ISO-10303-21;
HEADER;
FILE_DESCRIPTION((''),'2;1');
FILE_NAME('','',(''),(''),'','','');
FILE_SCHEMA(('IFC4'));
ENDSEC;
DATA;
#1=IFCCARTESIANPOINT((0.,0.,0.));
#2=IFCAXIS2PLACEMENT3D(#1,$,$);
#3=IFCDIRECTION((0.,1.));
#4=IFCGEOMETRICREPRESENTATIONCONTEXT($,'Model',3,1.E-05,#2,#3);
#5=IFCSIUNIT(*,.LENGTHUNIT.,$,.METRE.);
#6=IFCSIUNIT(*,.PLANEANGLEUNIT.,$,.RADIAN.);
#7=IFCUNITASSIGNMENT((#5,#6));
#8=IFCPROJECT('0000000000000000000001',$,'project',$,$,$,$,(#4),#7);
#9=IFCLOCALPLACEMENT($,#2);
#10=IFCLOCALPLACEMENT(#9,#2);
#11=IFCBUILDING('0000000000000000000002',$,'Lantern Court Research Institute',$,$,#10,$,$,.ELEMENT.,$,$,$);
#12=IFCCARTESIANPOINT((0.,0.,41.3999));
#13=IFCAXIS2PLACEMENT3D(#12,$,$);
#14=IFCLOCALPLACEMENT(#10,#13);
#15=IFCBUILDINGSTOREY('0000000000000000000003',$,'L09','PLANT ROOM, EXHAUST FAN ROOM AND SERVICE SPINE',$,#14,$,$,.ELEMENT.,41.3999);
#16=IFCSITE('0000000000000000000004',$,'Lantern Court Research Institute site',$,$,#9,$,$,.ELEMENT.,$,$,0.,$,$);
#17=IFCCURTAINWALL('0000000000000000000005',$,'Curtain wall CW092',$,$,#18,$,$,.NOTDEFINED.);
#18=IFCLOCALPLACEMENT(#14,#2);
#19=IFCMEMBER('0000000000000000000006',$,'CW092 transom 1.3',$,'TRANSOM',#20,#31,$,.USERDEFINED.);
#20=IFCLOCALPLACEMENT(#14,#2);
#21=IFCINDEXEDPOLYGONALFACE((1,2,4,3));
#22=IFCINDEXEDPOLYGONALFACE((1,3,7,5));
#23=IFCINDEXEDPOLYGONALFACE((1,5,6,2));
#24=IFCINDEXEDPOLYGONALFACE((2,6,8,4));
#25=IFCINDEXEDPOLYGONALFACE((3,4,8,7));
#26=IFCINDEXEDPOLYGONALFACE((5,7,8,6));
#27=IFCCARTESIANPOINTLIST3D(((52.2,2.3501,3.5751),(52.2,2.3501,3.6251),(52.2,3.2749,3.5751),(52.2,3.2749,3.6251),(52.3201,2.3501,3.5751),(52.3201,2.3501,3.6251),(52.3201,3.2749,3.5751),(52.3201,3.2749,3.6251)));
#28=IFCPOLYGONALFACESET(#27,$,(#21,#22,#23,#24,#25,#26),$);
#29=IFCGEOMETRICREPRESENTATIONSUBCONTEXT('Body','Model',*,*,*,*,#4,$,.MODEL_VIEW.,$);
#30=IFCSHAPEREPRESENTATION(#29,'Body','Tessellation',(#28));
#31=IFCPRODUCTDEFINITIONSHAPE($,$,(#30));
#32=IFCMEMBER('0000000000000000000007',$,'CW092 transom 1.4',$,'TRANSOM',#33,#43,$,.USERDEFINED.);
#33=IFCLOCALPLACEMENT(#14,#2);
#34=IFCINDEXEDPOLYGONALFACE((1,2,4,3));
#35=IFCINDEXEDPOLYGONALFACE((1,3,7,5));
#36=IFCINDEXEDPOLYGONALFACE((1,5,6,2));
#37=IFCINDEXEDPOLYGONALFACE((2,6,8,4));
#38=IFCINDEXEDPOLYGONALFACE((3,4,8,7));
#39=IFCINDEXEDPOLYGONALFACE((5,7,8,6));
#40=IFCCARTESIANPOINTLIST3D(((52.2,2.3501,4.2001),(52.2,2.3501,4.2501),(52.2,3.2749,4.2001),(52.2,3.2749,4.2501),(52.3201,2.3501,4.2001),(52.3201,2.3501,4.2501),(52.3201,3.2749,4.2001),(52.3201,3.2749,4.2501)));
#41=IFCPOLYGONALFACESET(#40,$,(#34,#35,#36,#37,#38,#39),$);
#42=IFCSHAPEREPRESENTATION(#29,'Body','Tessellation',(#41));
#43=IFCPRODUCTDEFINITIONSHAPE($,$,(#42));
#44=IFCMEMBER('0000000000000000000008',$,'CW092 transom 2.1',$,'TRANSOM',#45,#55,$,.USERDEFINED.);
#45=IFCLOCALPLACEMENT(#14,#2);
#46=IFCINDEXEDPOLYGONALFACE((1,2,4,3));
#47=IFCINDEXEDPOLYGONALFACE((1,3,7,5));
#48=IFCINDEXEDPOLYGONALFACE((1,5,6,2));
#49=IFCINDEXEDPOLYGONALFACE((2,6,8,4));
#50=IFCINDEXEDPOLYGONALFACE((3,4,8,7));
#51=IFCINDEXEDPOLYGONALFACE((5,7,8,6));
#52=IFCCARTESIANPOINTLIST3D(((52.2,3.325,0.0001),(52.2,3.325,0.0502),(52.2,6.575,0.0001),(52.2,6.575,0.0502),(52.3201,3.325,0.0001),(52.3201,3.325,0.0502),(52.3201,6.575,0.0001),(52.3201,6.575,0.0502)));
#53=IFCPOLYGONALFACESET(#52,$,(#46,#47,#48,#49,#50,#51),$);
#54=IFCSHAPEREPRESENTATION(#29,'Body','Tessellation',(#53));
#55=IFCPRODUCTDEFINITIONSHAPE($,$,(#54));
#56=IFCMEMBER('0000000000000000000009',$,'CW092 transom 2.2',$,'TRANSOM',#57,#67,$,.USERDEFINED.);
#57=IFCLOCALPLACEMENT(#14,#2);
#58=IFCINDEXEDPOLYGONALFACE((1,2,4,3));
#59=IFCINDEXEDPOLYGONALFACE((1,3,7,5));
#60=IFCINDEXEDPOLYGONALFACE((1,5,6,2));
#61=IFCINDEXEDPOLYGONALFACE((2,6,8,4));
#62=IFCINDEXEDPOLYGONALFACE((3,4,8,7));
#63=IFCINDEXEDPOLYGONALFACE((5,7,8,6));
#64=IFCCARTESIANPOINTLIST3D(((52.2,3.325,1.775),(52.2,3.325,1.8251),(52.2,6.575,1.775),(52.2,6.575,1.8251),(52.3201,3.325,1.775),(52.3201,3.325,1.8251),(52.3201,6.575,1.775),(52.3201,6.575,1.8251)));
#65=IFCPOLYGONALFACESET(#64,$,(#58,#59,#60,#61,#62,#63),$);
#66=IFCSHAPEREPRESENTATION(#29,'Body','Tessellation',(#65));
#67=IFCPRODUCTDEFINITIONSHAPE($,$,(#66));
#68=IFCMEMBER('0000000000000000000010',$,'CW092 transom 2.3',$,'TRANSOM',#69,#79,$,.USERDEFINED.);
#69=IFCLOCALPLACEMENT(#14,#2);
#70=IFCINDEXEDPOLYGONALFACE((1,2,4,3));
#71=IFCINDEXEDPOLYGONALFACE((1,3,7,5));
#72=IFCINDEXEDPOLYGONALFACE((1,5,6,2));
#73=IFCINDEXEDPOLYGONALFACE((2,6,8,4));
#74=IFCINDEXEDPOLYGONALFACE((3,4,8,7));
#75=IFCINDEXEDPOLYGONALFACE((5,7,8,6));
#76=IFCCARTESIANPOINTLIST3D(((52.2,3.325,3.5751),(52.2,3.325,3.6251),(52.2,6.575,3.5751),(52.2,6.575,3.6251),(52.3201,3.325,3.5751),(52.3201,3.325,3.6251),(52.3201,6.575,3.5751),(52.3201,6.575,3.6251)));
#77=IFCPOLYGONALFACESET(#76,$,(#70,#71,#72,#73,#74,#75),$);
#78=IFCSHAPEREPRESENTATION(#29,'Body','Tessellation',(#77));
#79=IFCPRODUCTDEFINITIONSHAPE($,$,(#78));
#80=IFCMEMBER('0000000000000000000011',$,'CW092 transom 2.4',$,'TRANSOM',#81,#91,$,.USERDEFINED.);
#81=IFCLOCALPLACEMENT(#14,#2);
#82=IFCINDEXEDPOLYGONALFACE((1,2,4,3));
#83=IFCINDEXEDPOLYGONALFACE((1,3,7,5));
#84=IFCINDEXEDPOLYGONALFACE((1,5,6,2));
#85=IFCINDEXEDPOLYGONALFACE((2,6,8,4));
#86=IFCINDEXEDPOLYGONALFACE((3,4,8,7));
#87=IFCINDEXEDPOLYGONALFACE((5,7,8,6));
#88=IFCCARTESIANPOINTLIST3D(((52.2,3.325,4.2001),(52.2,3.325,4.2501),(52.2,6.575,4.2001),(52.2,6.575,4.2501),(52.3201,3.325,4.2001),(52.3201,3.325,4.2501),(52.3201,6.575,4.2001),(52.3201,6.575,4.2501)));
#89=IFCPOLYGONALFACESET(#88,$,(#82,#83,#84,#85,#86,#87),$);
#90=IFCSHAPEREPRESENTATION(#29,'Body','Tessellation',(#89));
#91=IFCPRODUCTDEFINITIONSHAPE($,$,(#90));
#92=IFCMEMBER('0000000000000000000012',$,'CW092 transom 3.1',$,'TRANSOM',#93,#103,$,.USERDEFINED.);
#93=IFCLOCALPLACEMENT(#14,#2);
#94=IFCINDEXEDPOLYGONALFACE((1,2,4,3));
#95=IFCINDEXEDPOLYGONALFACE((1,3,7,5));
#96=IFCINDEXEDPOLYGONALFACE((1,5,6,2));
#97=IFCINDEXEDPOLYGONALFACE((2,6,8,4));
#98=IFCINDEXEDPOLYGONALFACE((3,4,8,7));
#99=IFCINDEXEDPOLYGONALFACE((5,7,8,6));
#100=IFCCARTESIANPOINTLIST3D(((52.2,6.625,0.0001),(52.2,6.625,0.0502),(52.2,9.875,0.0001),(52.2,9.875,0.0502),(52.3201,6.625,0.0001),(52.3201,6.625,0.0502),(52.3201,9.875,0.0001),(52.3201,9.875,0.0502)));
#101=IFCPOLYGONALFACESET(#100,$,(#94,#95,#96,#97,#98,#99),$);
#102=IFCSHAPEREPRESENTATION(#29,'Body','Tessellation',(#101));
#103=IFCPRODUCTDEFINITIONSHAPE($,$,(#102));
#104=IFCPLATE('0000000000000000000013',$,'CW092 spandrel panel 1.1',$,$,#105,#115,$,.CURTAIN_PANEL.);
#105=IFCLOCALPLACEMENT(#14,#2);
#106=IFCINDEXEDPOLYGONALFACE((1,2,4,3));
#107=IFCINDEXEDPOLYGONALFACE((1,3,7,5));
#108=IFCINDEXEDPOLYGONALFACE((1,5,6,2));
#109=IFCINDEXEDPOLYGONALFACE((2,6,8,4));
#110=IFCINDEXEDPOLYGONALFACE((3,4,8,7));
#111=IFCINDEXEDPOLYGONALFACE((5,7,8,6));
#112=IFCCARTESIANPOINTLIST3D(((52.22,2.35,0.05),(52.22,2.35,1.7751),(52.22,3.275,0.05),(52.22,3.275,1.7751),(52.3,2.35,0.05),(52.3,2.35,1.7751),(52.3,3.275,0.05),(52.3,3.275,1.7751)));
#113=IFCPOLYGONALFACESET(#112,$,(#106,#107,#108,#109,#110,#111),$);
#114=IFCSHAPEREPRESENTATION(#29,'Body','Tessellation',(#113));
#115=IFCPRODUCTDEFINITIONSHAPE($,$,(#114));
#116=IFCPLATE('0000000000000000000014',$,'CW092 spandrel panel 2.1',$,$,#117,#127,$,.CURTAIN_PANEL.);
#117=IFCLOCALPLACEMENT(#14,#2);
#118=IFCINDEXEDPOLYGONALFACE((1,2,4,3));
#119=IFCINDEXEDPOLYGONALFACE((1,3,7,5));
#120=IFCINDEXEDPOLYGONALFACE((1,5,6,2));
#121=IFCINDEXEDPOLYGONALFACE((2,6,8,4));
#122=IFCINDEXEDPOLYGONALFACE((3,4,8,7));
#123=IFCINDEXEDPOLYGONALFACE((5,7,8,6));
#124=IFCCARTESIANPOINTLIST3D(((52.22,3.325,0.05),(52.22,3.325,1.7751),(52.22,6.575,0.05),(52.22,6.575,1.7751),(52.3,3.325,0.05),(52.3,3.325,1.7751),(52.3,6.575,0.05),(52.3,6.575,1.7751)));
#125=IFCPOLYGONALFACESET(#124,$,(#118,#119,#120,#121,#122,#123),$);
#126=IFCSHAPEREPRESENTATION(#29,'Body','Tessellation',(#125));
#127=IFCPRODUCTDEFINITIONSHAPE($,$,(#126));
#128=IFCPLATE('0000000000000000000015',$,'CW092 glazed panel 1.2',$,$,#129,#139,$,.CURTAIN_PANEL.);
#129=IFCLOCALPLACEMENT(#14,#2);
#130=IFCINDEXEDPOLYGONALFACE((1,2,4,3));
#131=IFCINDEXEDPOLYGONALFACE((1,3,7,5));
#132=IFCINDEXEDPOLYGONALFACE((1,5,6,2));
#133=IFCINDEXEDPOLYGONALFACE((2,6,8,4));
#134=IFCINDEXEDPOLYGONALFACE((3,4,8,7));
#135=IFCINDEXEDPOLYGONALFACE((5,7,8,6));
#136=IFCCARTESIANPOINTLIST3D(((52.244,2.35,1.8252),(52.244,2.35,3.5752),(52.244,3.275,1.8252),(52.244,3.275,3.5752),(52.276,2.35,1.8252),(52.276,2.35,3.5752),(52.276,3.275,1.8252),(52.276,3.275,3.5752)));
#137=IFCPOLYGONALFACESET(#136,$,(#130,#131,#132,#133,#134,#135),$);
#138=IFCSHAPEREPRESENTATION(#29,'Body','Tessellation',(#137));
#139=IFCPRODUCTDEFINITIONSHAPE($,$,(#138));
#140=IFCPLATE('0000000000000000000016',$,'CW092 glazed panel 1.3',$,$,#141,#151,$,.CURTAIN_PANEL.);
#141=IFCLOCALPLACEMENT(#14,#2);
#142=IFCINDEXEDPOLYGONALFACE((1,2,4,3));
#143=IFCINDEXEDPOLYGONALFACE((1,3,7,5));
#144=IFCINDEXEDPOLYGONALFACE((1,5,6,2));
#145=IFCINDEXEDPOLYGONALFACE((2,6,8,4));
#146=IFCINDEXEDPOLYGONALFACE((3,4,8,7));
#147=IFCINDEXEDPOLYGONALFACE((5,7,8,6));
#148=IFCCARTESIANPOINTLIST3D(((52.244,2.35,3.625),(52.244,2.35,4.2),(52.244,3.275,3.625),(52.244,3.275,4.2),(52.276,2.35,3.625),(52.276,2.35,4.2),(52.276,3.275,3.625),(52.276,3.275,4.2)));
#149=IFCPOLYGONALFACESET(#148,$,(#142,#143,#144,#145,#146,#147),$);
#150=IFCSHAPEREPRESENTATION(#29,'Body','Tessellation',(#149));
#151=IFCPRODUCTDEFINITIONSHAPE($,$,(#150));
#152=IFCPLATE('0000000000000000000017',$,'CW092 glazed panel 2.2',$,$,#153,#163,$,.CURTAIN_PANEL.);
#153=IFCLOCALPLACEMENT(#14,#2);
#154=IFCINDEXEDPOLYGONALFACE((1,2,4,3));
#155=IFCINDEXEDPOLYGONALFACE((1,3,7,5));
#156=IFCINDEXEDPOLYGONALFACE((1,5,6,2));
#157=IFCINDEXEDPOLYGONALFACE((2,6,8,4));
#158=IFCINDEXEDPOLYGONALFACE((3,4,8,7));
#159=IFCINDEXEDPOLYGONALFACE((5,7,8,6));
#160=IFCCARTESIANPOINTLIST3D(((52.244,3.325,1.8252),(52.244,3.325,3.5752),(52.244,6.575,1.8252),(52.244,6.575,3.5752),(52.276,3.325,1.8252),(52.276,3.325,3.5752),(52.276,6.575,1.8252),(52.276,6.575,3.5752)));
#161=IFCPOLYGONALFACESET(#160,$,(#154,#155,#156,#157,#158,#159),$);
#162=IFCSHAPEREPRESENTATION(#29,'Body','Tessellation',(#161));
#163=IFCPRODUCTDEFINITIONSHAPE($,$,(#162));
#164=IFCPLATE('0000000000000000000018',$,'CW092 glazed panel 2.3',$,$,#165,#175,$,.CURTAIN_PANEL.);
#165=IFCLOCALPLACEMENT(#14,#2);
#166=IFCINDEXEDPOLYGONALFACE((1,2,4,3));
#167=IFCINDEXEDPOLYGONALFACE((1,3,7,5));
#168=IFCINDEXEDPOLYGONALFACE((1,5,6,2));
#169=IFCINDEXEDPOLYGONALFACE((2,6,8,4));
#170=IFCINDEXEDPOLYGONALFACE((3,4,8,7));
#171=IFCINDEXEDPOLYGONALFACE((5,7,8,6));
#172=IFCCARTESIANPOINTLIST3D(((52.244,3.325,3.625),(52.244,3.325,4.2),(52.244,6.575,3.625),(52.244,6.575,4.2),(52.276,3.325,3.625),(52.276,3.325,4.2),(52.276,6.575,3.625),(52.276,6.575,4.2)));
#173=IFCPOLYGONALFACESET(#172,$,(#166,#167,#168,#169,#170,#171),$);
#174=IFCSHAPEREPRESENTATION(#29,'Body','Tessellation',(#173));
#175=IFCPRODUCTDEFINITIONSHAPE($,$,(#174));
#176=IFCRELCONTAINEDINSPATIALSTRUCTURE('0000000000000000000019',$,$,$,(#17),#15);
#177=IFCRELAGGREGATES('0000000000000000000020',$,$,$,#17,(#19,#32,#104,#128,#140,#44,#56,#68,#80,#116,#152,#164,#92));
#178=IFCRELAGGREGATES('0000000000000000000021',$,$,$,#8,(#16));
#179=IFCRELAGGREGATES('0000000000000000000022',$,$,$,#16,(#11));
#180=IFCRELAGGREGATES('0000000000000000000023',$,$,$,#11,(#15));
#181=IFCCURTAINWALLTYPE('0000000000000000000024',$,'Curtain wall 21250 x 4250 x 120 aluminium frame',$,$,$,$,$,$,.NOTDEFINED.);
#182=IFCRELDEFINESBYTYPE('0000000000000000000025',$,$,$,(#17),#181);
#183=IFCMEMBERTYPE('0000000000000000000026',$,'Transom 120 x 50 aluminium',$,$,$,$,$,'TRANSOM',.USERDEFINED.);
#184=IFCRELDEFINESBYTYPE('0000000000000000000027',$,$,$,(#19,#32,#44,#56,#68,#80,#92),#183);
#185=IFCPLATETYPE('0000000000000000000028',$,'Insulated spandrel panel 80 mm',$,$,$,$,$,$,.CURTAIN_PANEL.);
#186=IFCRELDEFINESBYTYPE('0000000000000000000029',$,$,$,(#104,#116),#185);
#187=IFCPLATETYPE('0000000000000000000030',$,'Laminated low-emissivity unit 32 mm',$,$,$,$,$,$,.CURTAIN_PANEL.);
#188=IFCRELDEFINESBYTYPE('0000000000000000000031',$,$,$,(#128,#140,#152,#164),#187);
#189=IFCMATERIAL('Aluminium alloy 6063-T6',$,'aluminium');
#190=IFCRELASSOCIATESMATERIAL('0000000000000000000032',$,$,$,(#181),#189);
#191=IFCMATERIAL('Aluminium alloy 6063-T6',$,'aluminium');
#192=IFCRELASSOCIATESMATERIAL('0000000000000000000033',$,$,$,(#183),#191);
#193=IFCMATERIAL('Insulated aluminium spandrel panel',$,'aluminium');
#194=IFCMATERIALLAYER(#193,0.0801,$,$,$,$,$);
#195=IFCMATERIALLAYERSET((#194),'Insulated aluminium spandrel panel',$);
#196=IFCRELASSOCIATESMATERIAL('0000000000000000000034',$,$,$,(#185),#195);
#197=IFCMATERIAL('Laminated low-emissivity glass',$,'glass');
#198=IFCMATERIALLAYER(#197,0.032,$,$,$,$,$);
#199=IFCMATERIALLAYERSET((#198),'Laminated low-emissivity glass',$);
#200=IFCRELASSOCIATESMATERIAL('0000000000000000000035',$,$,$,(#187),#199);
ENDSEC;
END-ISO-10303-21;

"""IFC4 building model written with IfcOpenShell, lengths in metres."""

from ifc_helpers import new_model, si_unit, direction, frame, origin, origin_2d, place, context, subcontext, project, spatial, rectangle, extrude, material, layer, layer_set, material_profile, profile_set, type_object, element, aggregate, save


model = new_model("IFC4")

# Units and contexts
model_context = context("Model", 3, precision=1e-05, world=origin(), true_north=direction((0.0, 1.0)))
body_context = subcontext(model_context, "Body", "Model", "MODEL_VIEW")
ifc_project = project(units=[si_unit("LENGTHUNIT", "METRE"), si_unit("PLANEANGLEUNIT", "RADIAN")], contexts=[model_context])

# Site, building, storey
site_placement = place(None, origin())
site = spatial("IfcSite", under=ifc_project, at=site_placement, Name="Lantern Court Research Institute site", CompositionType="ELEMENT", RefElevation=0.0)
building_placement = place(site_placement, origin())
building = spatial("IfcBuilding", under=site, at=building_placement, Name="Lantern Court Research Institute", CompositionType="ELEMENT")
storey_placement = place(building_placement, frame((0.0, 0.0, 41.3999)))
storey = spatial("IfcBuildingStorey", under=building, at=storey_placement, Name="L09", Description="PLANT ROOM, EXHAUST FAN ROOM AND SERVICE SPINE", CompositionType="ELEMENT", Elevation=41.3999)

# Curtain wall
ifc_material_1 = material(Name="Aluminium alloy 6063-T6", Category="aluminium")
curtain_wall_type_1 = type_object("IfcCurtainWallType", Name="Curtain wall 21250 x 4250 x 120 aluminium frame", PredefinedType="NOTDEFINED", material=ifc_material_1)
curtain_wall_1_placement = place(storey_placement, origin())
curtain_wall_1 = element("IfcCurtainWall", 1, at=curtain_wall_1_placement, inside=storey, type_object=curtain_wall_type_1, Name="Curtain wall CW092", PredefinedType="NOTDEFINED")

# Members
ifc_material_2 = material(Name="Aluminium alloy 6063-T6", Category="aluminium")
ifc_material_profile_1 = material_profile(ifc_material_2, rectangle(XDim=0.1201, YDim=0.05, at=origin_2d()), Name="Transom 120 x 50")
ifc_profile_set_1 = profile_set([ifc_material_profile_1], Name="Aluminium alloy 6063-T6")
member_type_1 = type_object("IfcMemberType", Name="Transom 120 x 50 aluminium", ElementType="TRANSOM", PredefinedType="USERDEFINED", material=ifc_profile_set_1)
member_1_placement = place(storey_placement, frame((52.26, 2.3501, 3.6001), z_axis=(0.0, 1.0, 0.0), x_axis=(-1.0, 0.0, 0.0)))
member_1 = element("IfcMember", 2, at=member_1_placement, type_object=member_type_1, Name="CW092 transom 1.3", ObjectType="TRANSOM", PredefinedType="USERDEFINED", context=body_context, shape_type="SweptSolid", body=[
    extrude(rectangle(XDim=0.1201, YDim=0.05, at=origin_2d()), origin(), (0.0, 0.0, 1.0), 0.9248),
])
member_2_placement = place(storey_placement, frame((52.26, 2.3501, 4.2251), z_axis=(0.0, 1.0, 0.0), x_axis=(-1.0, 0.0, 0.0)))
member_2 = element("IfcMember", 3, at=member_2_placement, type_object=member_type_1, Name="CW092 transom 1.4", ObjectType="TRANSOM", PredefinedType="USERDEFINED", context=body_context, shape_type="SweptSolid", body=[
    extrude(rectangle(XDim=0.1201, YDim=0.05, at=origin_2d()), origin(), (0.0, 0.0, 1.0), 0.9248),
])
member_3_placement = place(storey_placement, frame((52.26, 3.325, 0.0251), z_axis=(0.0, 1.0, 0.0), x_axis=(-1.0, 0.0, 0.0)))
member_3 = element("IfcMember", 4, at=member_3_placement, type_object=member_type_1, Name="CW092 transom 2.1", ObjectType="TRANSOM", PredefinedType="USERDEFINED", context=body_context, shape_type="SweptSolid", body=[
    extrude(rectangle(XDim=0.1201, YDim=0.05, at=origin_2d()), origin(), (0.0, 0.0, 1.0), 3.25),
])
member_4_placement = place(storey_placement, frame((52.26, 3.325, 1.8), z_axis=(0.0, 1.0, 0.0), x_axis=(-1.0, 0.0, 0.0)))
member_4 = element("IfcMember", 5, at=member_4_placement, type_object=member_type_1, Name="CW092 transom 2.2", ObjectType="TRANSOM", PredefinedType="USERDEFINED", context=body_context, shape_type="SweptSolid", body=[
    extrude(rectangle(XDim=0.1201, YDim=0.05, at=origin_2d()), origin(), (0.0, 0.0, 1.0), 3.25),
])
member_5_placement = place(storey_placement, frame((52.26, 3.325, 3.6001), z_axis=(0.0, 1.0, 0.0), x_axis=(-1.0, 0.0, 0.0)))
member_5 = element("IfcMember", 6, at=member_5_placement, type_object=member_type_1, Name="CW092 transom 2.3", ObjectType="TRANSOM", PredefinedType="USERDEFINED", context=body_context, shape_type="SweptSolid", body=[
    extrude(rectangle(XDim=0.1201, YDim=0.05, at=origin_2d()), origin(), (0.0, 0.0, 1.0), 3.25),
])
member_6_placement = place(storey_placement, frame((52.26, 3.325, 4.2251), z_axis=(0.0, 1.0, 0.0), x_axis=(-1.0, 0.0, 0.0)))
member_6 = element("IfcMember", 7, at=member_6_placement, type_object=member_type_1, Name="CW092 transom 2.4", ObjectType="TRANSOM", PredefinedType="USERDEFINED", context=body_context, shape_type="SweptSolid", body=[
    extrude(rectangle(XDim=0.1201, YDim=0.05, at=origin_2d()), origin(), (0.0, 0.0, 1.0), 3.25),
])
member_7_placement = place(storey_placement, frame((52.26, 6.625, 0.0251), z_axis=(0.0, 1.0, 0.0), x_axis=(-1.0, 0.0, 0.0)))
member_7 = element("IfcMember", 8, at=member_7_placement, type_object=member_type_1, Name="CW092 transom 3.1", ObjectType="TRANSOM", PredefinedType="USERDEFINED", context=body_context, shape_type="SweptSolid", body=[
    extrude(rectangle(XDim=0.1201, YDim=0.05, at=origin_2d()), origin(), (0.0, 0.0, 1.0), 3.25),
])

# Plates
ifc_material_3 = material(Name="Insulated aluminium spandrel panel", Category="aluminium")
ifc_layer_1 = layer(ifc_material_3, 0.0801)
ifc_layer_set_1 = layer_set([ifc_layer_1], Name="Insulated aluminium spandrel panel")
plate_type_1 = type_object("IfcPlateType", Name="Insulated spandrel panel 80 mm", PredefinedType="CURTAIN_PANEL", material=ifc_layer_set_1)
plate_1_placement = place(storey_placement, frame((52.26, 2.8125, 0.05), z_axis=(0.0, 0.0, 1.0), x_axis=(0.0, 1.0, 0.0)))
plate_1 = element("IfcPlate", 9, at=plate_1_placement, type_object=plate_type_1, Name="CW092 spandrel panel 1.1", PredefinedType="CURTAIN_PANEL", context=body_context, shape_type="SweptSolid", body=[
    extrude(rectangle(XDim=0.925, YDim=0.0801, at=origin_2d()), origin(), (0.0, 0.0, 1.0), 1.7251),
])
plate_2_placement = place(storey_placement, frame((52.26, 4.95, 0.05), z_axis=(0.0, 0.0, 1.0), x_axis=(0.0, 1.0, 0.0)))
plate_2 = element("IfcPlate", 10, at=plate_2_placement, type_object=plate_type_1, Name="CW092 spandrel panel 2.1", PredefinedType="CURTAIN_PANEL", context=body_context, shape_type="SweptSolid", body=[
    extrude(rectangle(XDim=3.25, YDim=0.0801, at=origin_2d()), origin(), (0.0, 0.0, 1.0), 1.7251),
])
ifc_material_4 = material(Name="Laminated low-emissivity glass", Category="glass")
ifc_layer_2 = layer(ifc_material_4, 0.032)
ifc_layer_set_2 = layer_set([ifc_layer_2], Name="Laminated low-emissivity glass")
plate_type_2 = type_object("IfcPlateType", Name="Laminated low-emissivity unit 32 mm", PredefinedType="CURTAIN_PANEL", material=ifc_layer_set_2)
plate_3_placement = place(storey_placement, frame((52.26, 2.8125, 1.8252), z_axis=(0.0, 0.0, 1.0), x_axis=(0.0, 1.0, 0.0)))
plate_3 = element("IfcPlate", 11, at=plate_3_placement, type_object=plate_type_2, Name="CW092 glazed panel 1.2", PredefinedType="CURTAIN_PANEL", context=body_context, shape_type="SweptSolid", body=[
    extrude(rectangle(XDim=0.925, YDim=0.032, at=origin_2d()), origin(), (0.0, 0.0, 1.0), 1.75),
])
plate_4_placement = place(storey_placement, frame((52.26, 2.8125, 3.625), z_axis=(0.0, 0.0, 1.0), x_axis=(0.0, 1.0, 0.0)))
plate_4 = element("IfcPlate", 12, at=plate_4_placement, type_object=plate_type_2, Name="CW092 glazed panel 1.3", PredefinedType="CURTAIN_PANEL", context=body_context, shape_type="SweptSolid", body=[
    extrude(rectangle(XDim=0.925, YDim=0.032, at=origin_2d()), origin(), (0.0, 0.0, 1.0), 0.575),
])
plate_5_placement = place(storey_placement, frame((52.26, 4.95, 1.8252), z_axis=(0.0, 0.0, 1.0), x_axis=(0.0, 1.0, 0.0)))
plate_5 = element("IfcPlate", 13, at=plate_5_placement, type_object=plate_type_2, Name="CW092 glazed panel 2.2", PredefinedType="CURTAIN_PANEL", context=body_context, shape_type="SweptSolid", body=[
    extrude(rectangle(XDim=3.25, YDim=0.032, at=origin_2d()), origin(), (0.0, 0.0, 1.0), 1.75),
])
plate_6_placement = place(storey_placement, frame((52.26, 4.95, 3.625), z_axis=(0.0, 0.0, 1.0), x_axis=(0.0, 1.0, 0.0)))
plate_6 = element("IfcPlate", 14, at=plate_6_placement, type_object=plate_type_2, Name="CW092 glazed panel 2.3", PredefinedType="CURTAIN_PANEL", context=body_context, shape_type="SweptSolid", body=[
    extrude(rectangle(XDim=3.25, YDim=0.032, at=origin_2d()), origin(), (0.0, 0.0, 1.0), 0.575),
])
aggregate(curtain_wall_1, [member_1, member_2, plate_1, plate_3, plate_4, member_3, member_4, member_5, member_6, plate_2, plate_5, plate_6, member_7])

save(model, "model.ifc")
